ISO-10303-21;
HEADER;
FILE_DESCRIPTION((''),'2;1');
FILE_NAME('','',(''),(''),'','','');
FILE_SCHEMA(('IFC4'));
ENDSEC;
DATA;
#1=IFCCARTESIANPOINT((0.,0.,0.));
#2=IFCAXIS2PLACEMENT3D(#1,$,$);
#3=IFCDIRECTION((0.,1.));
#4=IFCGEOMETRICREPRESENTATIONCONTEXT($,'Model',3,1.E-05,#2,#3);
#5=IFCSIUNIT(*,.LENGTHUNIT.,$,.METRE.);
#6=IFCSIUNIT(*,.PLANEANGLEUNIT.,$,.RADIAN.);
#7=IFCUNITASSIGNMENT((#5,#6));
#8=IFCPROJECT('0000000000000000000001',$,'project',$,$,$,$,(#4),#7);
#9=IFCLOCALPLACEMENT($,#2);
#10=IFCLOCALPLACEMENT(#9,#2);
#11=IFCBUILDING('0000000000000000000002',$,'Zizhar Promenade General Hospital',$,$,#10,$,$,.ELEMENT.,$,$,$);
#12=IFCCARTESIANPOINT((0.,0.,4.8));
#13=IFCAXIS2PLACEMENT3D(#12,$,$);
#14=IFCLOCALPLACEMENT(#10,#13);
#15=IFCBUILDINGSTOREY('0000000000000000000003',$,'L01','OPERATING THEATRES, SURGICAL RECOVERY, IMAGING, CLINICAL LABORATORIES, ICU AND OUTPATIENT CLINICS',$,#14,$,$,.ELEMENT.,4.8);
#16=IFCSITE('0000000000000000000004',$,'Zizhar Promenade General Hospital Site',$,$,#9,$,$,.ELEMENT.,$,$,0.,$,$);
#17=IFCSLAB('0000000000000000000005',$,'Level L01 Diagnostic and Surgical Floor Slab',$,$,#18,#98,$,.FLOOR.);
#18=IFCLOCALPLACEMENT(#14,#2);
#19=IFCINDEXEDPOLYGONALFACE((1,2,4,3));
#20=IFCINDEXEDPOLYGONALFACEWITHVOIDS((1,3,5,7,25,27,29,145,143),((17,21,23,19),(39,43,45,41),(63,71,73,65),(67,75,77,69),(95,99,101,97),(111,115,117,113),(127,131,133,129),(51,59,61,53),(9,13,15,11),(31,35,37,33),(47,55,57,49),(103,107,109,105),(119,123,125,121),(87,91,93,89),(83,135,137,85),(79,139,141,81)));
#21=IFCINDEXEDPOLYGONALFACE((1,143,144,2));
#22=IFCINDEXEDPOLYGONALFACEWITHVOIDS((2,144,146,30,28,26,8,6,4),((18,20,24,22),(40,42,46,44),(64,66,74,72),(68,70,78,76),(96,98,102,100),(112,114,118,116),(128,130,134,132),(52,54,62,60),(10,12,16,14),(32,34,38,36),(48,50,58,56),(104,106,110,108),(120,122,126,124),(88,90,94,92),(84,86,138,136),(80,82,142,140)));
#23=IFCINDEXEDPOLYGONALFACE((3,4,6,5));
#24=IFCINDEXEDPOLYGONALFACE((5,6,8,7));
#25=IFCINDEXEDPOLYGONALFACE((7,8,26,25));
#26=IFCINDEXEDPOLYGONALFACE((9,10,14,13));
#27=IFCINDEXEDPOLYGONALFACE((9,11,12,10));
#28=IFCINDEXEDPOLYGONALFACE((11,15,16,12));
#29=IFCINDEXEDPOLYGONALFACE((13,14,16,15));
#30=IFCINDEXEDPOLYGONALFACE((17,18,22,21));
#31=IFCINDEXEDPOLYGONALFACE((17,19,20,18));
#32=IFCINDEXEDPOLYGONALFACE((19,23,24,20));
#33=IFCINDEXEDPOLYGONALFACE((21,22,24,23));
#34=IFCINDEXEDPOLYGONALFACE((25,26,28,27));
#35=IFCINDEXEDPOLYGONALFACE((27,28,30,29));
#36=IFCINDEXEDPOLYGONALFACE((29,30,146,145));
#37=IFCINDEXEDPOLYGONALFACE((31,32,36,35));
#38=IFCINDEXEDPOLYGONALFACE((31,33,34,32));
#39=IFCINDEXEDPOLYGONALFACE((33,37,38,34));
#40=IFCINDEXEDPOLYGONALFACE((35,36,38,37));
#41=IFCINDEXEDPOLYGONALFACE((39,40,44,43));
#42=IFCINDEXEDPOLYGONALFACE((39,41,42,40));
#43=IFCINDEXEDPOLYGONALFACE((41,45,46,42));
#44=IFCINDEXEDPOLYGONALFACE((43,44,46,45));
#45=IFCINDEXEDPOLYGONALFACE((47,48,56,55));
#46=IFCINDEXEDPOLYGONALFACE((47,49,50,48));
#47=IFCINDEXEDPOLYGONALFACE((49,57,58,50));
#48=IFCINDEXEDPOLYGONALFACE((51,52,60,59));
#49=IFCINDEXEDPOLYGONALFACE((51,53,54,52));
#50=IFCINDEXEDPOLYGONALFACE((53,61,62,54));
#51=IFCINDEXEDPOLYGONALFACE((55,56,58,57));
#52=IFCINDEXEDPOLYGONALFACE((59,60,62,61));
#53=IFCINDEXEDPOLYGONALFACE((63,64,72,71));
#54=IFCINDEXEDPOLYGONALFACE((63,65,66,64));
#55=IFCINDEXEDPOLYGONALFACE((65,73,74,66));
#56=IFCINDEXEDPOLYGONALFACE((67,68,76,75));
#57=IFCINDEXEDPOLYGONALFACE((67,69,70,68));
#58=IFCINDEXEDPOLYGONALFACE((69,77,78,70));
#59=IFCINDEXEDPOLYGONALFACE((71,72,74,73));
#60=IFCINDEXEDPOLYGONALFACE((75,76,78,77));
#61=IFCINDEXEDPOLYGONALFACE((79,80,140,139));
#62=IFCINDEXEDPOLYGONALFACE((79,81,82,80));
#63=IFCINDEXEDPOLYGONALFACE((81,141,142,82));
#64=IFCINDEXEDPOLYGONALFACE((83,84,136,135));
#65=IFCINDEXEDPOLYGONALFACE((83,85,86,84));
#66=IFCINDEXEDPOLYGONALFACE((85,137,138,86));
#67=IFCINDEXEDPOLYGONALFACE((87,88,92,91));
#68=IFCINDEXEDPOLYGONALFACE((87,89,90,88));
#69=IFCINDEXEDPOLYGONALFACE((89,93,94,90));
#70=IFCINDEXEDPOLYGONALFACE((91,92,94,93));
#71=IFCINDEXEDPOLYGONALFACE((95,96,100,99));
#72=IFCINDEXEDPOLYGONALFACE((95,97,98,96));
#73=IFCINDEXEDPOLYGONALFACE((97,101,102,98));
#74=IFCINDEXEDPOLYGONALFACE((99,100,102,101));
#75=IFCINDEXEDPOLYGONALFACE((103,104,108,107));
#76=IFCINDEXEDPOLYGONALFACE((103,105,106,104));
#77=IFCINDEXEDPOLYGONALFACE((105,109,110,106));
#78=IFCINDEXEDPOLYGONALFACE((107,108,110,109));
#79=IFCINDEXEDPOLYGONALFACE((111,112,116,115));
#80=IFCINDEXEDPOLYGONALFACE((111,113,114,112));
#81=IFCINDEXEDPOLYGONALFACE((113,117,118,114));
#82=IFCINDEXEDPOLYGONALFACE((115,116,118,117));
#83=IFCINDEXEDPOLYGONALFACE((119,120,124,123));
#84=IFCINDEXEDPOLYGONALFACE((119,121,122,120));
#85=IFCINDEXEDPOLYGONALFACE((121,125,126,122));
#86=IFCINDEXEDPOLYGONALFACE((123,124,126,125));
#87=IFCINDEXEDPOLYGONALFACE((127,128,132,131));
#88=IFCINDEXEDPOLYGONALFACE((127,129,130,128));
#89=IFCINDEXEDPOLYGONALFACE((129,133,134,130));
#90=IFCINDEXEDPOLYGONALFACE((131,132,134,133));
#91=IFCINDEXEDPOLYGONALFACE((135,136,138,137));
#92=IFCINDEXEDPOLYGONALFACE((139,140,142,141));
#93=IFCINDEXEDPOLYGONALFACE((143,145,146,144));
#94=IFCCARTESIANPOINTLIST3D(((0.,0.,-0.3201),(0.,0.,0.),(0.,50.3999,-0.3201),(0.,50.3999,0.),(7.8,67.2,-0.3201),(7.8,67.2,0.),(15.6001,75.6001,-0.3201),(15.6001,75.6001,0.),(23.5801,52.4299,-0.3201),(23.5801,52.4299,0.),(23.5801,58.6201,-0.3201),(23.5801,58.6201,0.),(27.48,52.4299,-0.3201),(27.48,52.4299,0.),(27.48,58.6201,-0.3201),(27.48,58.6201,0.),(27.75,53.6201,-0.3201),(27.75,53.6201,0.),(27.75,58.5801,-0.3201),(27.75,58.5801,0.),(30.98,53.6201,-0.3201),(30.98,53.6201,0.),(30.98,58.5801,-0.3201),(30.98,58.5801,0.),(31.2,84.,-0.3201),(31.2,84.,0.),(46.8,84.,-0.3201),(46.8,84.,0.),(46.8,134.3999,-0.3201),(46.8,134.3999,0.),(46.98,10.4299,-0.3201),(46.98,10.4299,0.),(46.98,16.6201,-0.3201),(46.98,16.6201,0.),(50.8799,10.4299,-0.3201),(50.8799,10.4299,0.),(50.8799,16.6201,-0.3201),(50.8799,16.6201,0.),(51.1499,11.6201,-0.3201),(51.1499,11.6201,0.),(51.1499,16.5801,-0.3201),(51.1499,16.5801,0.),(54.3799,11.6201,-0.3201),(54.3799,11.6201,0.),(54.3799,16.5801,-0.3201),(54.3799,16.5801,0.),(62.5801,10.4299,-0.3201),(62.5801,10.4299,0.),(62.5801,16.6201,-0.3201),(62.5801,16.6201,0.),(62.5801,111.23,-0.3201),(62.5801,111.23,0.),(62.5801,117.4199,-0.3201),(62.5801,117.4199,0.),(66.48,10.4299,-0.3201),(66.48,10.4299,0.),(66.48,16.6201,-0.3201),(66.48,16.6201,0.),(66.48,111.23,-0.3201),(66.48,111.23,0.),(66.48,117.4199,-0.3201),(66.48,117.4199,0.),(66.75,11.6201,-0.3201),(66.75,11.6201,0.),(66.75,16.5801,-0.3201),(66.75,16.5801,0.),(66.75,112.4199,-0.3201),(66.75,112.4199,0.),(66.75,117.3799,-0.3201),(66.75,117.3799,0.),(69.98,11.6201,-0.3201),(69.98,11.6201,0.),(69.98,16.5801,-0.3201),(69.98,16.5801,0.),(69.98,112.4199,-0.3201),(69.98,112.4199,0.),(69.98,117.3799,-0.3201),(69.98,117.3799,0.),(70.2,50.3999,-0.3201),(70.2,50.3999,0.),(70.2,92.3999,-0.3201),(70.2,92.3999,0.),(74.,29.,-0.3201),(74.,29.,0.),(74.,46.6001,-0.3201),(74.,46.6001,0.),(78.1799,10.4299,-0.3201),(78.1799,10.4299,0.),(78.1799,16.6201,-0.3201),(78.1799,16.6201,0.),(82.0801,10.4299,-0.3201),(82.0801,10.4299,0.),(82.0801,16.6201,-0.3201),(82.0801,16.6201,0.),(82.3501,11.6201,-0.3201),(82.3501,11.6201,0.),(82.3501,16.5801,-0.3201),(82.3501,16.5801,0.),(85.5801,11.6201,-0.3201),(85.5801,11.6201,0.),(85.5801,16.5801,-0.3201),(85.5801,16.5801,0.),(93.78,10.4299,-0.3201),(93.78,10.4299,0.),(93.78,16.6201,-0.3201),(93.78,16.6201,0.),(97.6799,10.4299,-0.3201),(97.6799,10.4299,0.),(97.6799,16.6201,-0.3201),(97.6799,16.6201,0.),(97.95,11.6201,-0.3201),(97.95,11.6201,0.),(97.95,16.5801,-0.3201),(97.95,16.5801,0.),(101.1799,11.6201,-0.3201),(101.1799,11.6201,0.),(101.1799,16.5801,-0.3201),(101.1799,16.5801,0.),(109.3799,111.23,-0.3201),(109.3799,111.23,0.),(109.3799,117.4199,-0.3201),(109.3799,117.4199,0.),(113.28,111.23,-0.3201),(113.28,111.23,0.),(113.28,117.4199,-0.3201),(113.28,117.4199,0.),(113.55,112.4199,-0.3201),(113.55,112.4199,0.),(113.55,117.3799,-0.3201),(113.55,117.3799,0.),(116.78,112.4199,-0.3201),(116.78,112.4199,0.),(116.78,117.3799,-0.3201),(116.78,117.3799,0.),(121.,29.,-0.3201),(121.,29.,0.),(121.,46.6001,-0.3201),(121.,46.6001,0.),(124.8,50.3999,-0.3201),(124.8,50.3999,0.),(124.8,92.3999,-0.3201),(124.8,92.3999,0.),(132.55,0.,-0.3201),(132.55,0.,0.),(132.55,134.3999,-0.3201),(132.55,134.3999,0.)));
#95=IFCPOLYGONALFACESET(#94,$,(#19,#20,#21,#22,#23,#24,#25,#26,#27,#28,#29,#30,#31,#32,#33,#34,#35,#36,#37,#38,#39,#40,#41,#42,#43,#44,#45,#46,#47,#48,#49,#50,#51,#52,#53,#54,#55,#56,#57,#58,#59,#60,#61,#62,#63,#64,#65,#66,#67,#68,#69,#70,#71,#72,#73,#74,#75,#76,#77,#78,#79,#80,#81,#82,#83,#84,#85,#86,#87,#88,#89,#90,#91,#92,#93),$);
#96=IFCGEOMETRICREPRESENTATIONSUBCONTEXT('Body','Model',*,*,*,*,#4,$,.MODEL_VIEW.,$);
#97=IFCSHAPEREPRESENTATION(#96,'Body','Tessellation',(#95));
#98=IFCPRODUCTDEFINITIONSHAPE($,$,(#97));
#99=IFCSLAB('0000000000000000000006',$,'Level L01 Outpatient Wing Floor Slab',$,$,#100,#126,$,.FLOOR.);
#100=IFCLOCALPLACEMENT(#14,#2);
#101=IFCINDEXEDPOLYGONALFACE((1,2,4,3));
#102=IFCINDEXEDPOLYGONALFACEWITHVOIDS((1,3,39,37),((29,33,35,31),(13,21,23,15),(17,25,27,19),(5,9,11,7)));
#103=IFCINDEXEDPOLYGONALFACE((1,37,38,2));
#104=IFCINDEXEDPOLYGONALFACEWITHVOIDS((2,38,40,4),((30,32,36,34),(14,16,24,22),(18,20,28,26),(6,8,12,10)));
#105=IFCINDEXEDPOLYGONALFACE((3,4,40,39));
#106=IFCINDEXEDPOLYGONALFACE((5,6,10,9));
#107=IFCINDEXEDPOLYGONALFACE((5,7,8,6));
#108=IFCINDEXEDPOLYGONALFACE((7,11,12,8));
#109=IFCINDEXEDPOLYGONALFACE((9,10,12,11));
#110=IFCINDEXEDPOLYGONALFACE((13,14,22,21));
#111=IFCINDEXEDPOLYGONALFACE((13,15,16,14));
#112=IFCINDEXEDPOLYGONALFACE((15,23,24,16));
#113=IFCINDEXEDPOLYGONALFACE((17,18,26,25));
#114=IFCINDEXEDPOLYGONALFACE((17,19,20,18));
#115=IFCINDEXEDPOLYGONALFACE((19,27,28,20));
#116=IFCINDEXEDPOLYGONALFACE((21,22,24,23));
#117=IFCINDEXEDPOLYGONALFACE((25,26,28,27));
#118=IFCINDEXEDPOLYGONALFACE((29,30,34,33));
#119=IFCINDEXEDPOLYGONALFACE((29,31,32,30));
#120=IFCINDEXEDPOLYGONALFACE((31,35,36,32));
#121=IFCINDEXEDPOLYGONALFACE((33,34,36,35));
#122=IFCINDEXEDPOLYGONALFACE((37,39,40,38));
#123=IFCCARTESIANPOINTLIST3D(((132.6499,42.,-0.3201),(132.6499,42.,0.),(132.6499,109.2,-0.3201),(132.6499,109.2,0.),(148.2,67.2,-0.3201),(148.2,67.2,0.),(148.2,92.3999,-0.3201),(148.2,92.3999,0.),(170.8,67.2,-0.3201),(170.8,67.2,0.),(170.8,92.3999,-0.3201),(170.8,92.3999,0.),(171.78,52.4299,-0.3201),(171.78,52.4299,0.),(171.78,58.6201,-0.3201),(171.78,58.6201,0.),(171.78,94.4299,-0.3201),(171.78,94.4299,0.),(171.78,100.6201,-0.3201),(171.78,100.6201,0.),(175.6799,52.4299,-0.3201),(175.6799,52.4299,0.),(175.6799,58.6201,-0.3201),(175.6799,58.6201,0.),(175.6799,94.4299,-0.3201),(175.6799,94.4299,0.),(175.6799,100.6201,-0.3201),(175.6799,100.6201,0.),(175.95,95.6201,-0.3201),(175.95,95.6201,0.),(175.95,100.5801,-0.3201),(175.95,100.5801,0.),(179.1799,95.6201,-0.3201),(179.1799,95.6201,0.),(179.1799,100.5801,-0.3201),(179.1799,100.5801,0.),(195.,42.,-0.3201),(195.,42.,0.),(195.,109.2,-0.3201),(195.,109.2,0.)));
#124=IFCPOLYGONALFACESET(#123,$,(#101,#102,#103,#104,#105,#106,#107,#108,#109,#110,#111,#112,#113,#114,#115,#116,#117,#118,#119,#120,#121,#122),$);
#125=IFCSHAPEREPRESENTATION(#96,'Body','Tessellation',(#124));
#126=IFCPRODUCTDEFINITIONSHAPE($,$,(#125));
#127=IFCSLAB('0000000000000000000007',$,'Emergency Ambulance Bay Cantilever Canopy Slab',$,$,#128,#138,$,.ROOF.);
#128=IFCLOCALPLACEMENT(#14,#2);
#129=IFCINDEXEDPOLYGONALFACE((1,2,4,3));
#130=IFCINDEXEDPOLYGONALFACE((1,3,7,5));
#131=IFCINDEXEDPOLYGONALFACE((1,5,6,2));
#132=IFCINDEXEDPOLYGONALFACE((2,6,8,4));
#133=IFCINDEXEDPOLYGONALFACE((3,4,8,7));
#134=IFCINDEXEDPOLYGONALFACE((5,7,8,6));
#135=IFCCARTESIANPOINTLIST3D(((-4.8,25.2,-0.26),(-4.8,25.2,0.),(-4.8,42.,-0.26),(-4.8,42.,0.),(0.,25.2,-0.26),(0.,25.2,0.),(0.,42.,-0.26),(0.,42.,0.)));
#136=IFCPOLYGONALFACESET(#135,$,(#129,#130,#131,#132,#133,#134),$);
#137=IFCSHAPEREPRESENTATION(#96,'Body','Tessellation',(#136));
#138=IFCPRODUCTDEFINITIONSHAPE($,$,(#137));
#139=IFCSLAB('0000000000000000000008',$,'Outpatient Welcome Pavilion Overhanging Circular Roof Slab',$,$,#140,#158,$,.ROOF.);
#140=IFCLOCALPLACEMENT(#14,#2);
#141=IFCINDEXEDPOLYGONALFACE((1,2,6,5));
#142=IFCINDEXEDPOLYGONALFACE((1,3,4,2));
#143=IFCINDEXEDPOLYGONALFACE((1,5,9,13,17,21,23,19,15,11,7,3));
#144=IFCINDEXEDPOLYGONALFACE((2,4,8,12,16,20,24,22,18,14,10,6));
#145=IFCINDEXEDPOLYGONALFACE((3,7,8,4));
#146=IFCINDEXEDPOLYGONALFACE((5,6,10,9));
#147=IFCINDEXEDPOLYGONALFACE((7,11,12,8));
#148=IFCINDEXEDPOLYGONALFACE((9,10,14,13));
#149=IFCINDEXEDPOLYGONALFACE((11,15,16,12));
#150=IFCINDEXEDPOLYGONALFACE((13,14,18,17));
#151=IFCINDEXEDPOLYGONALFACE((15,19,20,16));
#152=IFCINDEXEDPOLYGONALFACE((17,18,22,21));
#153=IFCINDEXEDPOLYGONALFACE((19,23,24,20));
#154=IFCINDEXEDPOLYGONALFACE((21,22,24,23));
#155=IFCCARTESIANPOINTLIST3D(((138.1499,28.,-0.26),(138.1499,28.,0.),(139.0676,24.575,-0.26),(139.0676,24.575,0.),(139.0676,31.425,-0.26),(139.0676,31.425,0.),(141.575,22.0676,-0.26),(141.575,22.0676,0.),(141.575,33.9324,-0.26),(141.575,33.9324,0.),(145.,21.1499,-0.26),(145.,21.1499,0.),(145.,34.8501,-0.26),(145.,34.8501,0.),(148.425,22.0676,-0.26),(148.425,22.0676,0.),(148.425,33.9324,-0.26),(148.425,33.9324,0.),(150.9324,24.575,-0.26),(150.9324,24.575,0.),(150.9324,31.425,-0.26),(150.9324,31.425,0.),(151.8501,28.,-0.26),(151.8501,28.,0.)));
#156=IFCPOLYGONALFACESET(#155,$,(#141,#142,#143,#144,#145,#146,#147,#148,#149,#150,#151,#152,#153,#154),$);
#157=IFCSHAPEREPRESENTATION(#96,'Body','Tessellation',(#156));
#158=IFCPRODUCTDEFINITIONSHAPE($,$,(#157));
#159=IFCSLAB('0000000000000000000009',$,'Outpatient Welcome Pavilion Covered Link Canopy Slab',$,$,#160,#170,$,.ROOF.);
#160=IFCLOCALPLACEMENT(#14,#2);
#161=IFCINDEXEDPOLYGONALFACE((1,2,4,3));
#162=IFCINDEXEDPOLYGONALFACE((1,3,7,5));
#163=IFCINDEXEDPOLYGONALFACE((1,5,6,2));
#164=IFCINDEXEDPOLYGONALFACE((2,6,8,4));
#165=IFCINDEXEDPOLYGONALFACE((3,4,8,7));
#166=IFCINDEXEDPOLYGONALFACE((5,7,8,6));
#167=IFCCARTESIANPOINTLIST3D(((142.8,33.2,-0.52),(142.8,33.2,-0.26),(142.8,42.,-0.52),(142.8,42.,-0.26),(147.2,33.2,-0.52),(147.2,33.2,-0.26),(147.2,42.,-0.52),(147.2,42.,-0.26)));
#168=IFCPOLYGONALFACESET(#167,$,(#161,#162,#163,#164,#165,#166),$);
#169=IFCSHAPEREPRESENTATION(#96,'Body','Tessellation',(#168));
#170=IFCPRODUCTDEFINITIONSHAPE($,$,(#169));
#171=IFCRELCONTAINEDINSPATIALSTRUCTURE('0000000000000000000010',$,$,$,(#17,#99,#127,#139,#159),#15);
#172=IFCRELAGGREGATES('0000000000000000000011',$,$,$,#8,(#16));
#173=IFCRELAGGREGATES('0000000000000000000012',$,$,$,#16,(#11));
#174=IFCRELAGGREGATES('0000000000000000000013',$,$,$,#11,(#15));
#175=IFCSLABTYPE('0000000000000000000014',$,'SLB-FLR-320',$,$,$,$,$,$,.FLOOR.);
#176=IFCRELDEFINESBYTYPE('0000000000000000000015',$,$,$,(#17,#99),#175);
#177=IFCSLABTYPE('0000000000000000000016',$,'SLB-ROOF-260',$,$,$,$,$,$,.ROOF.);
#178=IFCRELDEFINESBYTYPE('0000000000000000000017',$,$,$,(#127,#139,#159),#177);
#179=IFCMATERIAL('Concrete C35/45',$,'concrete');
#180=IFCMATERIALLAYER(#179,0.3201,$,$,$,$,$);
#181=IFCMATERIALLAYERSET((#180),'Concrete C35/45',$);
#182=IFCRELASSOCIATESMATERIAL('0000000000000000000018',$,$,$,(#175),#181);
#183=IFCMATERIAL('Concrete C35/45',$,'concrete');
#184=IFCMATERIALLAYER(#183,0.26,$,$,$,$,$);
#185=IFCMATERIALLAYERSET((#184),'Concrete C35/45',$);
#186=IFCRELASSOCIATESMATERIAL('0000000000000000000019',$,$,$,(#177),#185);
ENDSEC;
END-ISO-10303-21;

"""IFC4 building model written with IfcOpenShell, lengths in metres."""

from ifc_helpers import new_model, si_unit, direction, frame, origin, place, context, subcontext, project, spatial, polyline, outline, extrude, material, layer, layer_set, type_object, element, save


model = new_model("IFC4")

# Units and contexts
model_context = context("Model", 3, precision=1e-05, world=origin(), true_north=direction((0.0, 1.0)))
body_context = subcontext(model_context, "Body", "Model", "MODEL_VIEW")
ifc_project = project(units=[si_unit("LENGTHUNIT", "METRE"), si_unit("PLANEANGLEUNIT", "RADIAN")], contexts=[model_context])

# Site, building, storey
site_placement = place(None, origin())
site = spatial("IfcSite", under=ifc_project, at=site_placement, Name="Zizhar Promenade General Hospital Site", CompositionType="ELEMENT", RefElevation=0.0)
building_placement = place(site_placement, origin())
building = spatial("IfcBuilding", under=site, at=building_placement, Name="Zizhar Promenade General Hospital", CompositionType="ELEMENT")
storey_placement = place(building_placement, frame((0.0, 0.0, 4.8)))
storey = spatial("IfcBuildingStorey", under=building, at=storey_placement, Name="L01", Description="OPERATING THEATRES, SURGICAL RECOVERY, IMAGING, CLINICAL LABORATORIES, ICU AND OUTPATIENT CLINICS", CompositionType="ELEMENT", Elevation=4.8)

# Slabs
ifc_material_1 = material(Name="Concrete C35/45", Category="concrete")
ifc_layer_1 = layer(ifc_material_1, 0.3201)
ifc_layer_set_1 = layer_set([ifc_layer_1], Name="Concrete C35/45")
slab_type_1 = type_object("IfcSlabType", Name="SLB-FLR-320", PredefinedType="FLOOR", material=ifc_layer_set_1)
slab_1_placement = place(storey_placement, frame((0.0, 0.0, -0.3201)))
element("IfcSlab", 1, at=slab_1_placement, inside=storey, type_object=slab_type_1, Name="Level L01 Diagnostic and Surgical Floor Slab", PredefinedType="FLOOR", context=body_context, shape_type="SweptSolid", body=[
    extrude(outline(polyline([(0.0, 0.0), (132.55, 0.0), (132.55, 134.3999), (46.8, 134.3999), (46.8, 84.0), (31.2, 84.0), (15.6001, 75.6001), (7.8, 67.2), (0.0, 50.3999), (0.0, 0.0)]), holes=[polyline([(70.2, 50.3999), (70.2, 92.3999), (124.8, 92.3999), (124.8, 50.3999), (70.2, 50.3999)]), polyline([(74.0, 29.0), (74.0, 46.6001), (121.0, 46.6001), (121.0, 29.0), (74.0, 29.0)]), polyline([(23.5801, 52.4299), (23.5801, 58.6201), (27.48, 58.6201), (27.48, 52.4299), (23.5801, 52.4299)]), polyline([(27.75, 53.6201), (27.75, 58.5801), (30.98, 58.5801), (30.98, 53.6201), (27.75, 53.6201)]), polyline([(46.98, 10.4299), (46.98, 16.6201), (50.8799, 16.6201), (50.8799, 10.4299), (46.98, 10.4299)]), polyline([(51.1499, 11.6201), (51.1499, 16.5801), (54.3799, 16.5801), (54.3799, 11.6201), (51.1499, 11.6201)]), polyline([(62.5801, 10.4299), (62.5801, 16.6201), (66.48, 16.6201), (66.48, 10.4299), (62.5801, 10.4299)]), polyline([(66.75, 11.6201), (66.75, 16.5801), (69.98, 16.5801), (69.98, 11.6201), (66.75, 11.6201)]), polyline([(78.1799, 10.4299), (78.1799, 16.6201), (82.0801, 16.6201), (82.0801, 10.4299), (78.1799, 10.4299)]), polyline([(82.3501, 11.6201), (82.3501, 16.5801), (85.5801, 16.5801), (85.5801, 11.6201), (82.3501, 11.6201)]), polyline([(93.78, 10.4299), (93.78, 16.6201), (97.6799, 16.6201), (97.6799, 10.4299), (93.78, 10.4299)]), polyline([(97.95, 11.6201), (97.95, 16.5801), (101.1799, 16.5801), (101.1799, 11.6201), (97.95, 11.6201)]), polyline([(62.5801, 111.23), (62.5801, 117.4199), (66.48, 117.4199), (66.48, 111.23), (62.5801, 111.23)]), polyline([(66.75, 112.4199), (66.75, 117.3799), (69.98, 117.3799), (69.98, 112.4199), (66.75, 112.4199)]), polyline([(109.3799, 111.23), (109.3799, 117.4199), (113.28, 117.4199), (113.28, 111.23), (109.3799, 111.23)]), polyline([(113.55, 112.4199), (113.55, 117.3799), (116.78, 117.3799), (116.78, 112.4199), (113.55, 112.4199)])]), origin(), (0.0, 0.0, 1.0), 0.3201),
])
slab_2_placement = place(storey_placement, frame((0.0, 0.0, -0.3201)))
element("IfcSlab", 2, at=slab_2_placement, inside=storey, type_object=slab_type_1, Name="Level L01 Outpatient Wing Floor Slab", PredefinedType="FLOOR", context=body_context, shape_type="SweptSolid", body=[
    extrude(outline(polyline([(132.6499, 42.0), (195.0, 42.0), (195.0, 109.2), (132.6499, 109.2), (132.6499, 42.0)]), holes=[polyline([(148.2, 67.2), (148.2, 92.3999), (170.8, 92.3999), (170.8, 67.2), (148.2, 67.2)]), polyline([(171.78, 94.4299), (171.78, 100.6201), (175.6799, 100.6201), (175.6799, 94.4299), (171.78, 94.4299)]), polyline([(175.95, 95.6201), (175.95, 100.5801), (179.1799, 100.5801), (179.1799, 95.6201), (175.95, 95.6201)]), polyline([(171.78, 52.4299), (171.78, 58.6201), (175.6799, 58.6201), (175.6799, 52.4299), (171.78, 52.4299)])]), origin(), (0.0, 0.0, 1.0), 0.3201),
])
ifc_material_2 = material(Name="Concrete C35/45", Category="concrete")
ifc_layer_2 = layer(ifc_material_2, 0.26)
ifc_layer_set_2 = layer_set([ifc_layer_2], Name="Concrete C35/45")
slab_type_2 = type_object("IfcSlabType", Name="SLB-ROOF-260", PredefinedType="ROOF", material=ifc_layer_set_2)
slab_3_placement = place(storey_placement, frame((0.0, 0.0, -0.26)))
element("IfcSlab", 3, at=slab_3_placement, inside=storey, type_object=slab_type_2, Name="Emergency Ambulance Bay Cantilever Canopy Slab", PredefinedType="ROOF", context=body_context, shape_type="SweptSolid", body=[
    extrude(outline(polyline([(-4.8, 25.2), (0.0, 25.2), (0.0, 42.0), (-4.8, 42.0), (-4.8, 25.2)])), origin(), (0.0, 0.0, 1.0), 0.26),
])
slab_4_placement = place(storey_placement, frame((0.0, 0.0, -0.26)))
element("IfcSlab", 4, at=slab_4_placement, inside=storey, type_object=slab_type_2, Name="Outpatient Welcome Pavilion Overhanging Circular Roof Slab", PredefinedType="ROOF", context=body_context, shape_type="SweptSolid", body=[
    extrude(outline(polyline([(151.8501, 28.0), (150.9324, 31.425), (148.425, 33.9324), (145.0, 34.8501), (141.575, 33.9324), (139.0676, 31.425), (138.1499, 28.0), (139.0676, 24.575), (141.575, 22.0676), (145.0, 21.1499), (148.425, 22.0676), (150.9324, 24.575), (151.8501, 28.0)])), origin(), (0.0, 0.0, 1.0), 0.26),
])
slab_5_placement = place(storey_placement, frame((0.0, 0.0, -0.52)))
element("IfcSlab", 5, at=slab_5_placement, inside=storey, type_object=slab_type_2, Name="Outpatient Welcome Pavilion Covered Link Canopy Slab", PredefinedType="ROOF", context=body_context, shape_type="SweptSolid", body=[
    extrude(outline(polyline([(142.8, 33.2), (147.2, 33.2), (147.2, 42.0), (142.8, 42.0), (142.8, 33.2)])), origin(), (0.0, 0.0, 1.0), 0.26),
])

save(model, "model.ifc")
